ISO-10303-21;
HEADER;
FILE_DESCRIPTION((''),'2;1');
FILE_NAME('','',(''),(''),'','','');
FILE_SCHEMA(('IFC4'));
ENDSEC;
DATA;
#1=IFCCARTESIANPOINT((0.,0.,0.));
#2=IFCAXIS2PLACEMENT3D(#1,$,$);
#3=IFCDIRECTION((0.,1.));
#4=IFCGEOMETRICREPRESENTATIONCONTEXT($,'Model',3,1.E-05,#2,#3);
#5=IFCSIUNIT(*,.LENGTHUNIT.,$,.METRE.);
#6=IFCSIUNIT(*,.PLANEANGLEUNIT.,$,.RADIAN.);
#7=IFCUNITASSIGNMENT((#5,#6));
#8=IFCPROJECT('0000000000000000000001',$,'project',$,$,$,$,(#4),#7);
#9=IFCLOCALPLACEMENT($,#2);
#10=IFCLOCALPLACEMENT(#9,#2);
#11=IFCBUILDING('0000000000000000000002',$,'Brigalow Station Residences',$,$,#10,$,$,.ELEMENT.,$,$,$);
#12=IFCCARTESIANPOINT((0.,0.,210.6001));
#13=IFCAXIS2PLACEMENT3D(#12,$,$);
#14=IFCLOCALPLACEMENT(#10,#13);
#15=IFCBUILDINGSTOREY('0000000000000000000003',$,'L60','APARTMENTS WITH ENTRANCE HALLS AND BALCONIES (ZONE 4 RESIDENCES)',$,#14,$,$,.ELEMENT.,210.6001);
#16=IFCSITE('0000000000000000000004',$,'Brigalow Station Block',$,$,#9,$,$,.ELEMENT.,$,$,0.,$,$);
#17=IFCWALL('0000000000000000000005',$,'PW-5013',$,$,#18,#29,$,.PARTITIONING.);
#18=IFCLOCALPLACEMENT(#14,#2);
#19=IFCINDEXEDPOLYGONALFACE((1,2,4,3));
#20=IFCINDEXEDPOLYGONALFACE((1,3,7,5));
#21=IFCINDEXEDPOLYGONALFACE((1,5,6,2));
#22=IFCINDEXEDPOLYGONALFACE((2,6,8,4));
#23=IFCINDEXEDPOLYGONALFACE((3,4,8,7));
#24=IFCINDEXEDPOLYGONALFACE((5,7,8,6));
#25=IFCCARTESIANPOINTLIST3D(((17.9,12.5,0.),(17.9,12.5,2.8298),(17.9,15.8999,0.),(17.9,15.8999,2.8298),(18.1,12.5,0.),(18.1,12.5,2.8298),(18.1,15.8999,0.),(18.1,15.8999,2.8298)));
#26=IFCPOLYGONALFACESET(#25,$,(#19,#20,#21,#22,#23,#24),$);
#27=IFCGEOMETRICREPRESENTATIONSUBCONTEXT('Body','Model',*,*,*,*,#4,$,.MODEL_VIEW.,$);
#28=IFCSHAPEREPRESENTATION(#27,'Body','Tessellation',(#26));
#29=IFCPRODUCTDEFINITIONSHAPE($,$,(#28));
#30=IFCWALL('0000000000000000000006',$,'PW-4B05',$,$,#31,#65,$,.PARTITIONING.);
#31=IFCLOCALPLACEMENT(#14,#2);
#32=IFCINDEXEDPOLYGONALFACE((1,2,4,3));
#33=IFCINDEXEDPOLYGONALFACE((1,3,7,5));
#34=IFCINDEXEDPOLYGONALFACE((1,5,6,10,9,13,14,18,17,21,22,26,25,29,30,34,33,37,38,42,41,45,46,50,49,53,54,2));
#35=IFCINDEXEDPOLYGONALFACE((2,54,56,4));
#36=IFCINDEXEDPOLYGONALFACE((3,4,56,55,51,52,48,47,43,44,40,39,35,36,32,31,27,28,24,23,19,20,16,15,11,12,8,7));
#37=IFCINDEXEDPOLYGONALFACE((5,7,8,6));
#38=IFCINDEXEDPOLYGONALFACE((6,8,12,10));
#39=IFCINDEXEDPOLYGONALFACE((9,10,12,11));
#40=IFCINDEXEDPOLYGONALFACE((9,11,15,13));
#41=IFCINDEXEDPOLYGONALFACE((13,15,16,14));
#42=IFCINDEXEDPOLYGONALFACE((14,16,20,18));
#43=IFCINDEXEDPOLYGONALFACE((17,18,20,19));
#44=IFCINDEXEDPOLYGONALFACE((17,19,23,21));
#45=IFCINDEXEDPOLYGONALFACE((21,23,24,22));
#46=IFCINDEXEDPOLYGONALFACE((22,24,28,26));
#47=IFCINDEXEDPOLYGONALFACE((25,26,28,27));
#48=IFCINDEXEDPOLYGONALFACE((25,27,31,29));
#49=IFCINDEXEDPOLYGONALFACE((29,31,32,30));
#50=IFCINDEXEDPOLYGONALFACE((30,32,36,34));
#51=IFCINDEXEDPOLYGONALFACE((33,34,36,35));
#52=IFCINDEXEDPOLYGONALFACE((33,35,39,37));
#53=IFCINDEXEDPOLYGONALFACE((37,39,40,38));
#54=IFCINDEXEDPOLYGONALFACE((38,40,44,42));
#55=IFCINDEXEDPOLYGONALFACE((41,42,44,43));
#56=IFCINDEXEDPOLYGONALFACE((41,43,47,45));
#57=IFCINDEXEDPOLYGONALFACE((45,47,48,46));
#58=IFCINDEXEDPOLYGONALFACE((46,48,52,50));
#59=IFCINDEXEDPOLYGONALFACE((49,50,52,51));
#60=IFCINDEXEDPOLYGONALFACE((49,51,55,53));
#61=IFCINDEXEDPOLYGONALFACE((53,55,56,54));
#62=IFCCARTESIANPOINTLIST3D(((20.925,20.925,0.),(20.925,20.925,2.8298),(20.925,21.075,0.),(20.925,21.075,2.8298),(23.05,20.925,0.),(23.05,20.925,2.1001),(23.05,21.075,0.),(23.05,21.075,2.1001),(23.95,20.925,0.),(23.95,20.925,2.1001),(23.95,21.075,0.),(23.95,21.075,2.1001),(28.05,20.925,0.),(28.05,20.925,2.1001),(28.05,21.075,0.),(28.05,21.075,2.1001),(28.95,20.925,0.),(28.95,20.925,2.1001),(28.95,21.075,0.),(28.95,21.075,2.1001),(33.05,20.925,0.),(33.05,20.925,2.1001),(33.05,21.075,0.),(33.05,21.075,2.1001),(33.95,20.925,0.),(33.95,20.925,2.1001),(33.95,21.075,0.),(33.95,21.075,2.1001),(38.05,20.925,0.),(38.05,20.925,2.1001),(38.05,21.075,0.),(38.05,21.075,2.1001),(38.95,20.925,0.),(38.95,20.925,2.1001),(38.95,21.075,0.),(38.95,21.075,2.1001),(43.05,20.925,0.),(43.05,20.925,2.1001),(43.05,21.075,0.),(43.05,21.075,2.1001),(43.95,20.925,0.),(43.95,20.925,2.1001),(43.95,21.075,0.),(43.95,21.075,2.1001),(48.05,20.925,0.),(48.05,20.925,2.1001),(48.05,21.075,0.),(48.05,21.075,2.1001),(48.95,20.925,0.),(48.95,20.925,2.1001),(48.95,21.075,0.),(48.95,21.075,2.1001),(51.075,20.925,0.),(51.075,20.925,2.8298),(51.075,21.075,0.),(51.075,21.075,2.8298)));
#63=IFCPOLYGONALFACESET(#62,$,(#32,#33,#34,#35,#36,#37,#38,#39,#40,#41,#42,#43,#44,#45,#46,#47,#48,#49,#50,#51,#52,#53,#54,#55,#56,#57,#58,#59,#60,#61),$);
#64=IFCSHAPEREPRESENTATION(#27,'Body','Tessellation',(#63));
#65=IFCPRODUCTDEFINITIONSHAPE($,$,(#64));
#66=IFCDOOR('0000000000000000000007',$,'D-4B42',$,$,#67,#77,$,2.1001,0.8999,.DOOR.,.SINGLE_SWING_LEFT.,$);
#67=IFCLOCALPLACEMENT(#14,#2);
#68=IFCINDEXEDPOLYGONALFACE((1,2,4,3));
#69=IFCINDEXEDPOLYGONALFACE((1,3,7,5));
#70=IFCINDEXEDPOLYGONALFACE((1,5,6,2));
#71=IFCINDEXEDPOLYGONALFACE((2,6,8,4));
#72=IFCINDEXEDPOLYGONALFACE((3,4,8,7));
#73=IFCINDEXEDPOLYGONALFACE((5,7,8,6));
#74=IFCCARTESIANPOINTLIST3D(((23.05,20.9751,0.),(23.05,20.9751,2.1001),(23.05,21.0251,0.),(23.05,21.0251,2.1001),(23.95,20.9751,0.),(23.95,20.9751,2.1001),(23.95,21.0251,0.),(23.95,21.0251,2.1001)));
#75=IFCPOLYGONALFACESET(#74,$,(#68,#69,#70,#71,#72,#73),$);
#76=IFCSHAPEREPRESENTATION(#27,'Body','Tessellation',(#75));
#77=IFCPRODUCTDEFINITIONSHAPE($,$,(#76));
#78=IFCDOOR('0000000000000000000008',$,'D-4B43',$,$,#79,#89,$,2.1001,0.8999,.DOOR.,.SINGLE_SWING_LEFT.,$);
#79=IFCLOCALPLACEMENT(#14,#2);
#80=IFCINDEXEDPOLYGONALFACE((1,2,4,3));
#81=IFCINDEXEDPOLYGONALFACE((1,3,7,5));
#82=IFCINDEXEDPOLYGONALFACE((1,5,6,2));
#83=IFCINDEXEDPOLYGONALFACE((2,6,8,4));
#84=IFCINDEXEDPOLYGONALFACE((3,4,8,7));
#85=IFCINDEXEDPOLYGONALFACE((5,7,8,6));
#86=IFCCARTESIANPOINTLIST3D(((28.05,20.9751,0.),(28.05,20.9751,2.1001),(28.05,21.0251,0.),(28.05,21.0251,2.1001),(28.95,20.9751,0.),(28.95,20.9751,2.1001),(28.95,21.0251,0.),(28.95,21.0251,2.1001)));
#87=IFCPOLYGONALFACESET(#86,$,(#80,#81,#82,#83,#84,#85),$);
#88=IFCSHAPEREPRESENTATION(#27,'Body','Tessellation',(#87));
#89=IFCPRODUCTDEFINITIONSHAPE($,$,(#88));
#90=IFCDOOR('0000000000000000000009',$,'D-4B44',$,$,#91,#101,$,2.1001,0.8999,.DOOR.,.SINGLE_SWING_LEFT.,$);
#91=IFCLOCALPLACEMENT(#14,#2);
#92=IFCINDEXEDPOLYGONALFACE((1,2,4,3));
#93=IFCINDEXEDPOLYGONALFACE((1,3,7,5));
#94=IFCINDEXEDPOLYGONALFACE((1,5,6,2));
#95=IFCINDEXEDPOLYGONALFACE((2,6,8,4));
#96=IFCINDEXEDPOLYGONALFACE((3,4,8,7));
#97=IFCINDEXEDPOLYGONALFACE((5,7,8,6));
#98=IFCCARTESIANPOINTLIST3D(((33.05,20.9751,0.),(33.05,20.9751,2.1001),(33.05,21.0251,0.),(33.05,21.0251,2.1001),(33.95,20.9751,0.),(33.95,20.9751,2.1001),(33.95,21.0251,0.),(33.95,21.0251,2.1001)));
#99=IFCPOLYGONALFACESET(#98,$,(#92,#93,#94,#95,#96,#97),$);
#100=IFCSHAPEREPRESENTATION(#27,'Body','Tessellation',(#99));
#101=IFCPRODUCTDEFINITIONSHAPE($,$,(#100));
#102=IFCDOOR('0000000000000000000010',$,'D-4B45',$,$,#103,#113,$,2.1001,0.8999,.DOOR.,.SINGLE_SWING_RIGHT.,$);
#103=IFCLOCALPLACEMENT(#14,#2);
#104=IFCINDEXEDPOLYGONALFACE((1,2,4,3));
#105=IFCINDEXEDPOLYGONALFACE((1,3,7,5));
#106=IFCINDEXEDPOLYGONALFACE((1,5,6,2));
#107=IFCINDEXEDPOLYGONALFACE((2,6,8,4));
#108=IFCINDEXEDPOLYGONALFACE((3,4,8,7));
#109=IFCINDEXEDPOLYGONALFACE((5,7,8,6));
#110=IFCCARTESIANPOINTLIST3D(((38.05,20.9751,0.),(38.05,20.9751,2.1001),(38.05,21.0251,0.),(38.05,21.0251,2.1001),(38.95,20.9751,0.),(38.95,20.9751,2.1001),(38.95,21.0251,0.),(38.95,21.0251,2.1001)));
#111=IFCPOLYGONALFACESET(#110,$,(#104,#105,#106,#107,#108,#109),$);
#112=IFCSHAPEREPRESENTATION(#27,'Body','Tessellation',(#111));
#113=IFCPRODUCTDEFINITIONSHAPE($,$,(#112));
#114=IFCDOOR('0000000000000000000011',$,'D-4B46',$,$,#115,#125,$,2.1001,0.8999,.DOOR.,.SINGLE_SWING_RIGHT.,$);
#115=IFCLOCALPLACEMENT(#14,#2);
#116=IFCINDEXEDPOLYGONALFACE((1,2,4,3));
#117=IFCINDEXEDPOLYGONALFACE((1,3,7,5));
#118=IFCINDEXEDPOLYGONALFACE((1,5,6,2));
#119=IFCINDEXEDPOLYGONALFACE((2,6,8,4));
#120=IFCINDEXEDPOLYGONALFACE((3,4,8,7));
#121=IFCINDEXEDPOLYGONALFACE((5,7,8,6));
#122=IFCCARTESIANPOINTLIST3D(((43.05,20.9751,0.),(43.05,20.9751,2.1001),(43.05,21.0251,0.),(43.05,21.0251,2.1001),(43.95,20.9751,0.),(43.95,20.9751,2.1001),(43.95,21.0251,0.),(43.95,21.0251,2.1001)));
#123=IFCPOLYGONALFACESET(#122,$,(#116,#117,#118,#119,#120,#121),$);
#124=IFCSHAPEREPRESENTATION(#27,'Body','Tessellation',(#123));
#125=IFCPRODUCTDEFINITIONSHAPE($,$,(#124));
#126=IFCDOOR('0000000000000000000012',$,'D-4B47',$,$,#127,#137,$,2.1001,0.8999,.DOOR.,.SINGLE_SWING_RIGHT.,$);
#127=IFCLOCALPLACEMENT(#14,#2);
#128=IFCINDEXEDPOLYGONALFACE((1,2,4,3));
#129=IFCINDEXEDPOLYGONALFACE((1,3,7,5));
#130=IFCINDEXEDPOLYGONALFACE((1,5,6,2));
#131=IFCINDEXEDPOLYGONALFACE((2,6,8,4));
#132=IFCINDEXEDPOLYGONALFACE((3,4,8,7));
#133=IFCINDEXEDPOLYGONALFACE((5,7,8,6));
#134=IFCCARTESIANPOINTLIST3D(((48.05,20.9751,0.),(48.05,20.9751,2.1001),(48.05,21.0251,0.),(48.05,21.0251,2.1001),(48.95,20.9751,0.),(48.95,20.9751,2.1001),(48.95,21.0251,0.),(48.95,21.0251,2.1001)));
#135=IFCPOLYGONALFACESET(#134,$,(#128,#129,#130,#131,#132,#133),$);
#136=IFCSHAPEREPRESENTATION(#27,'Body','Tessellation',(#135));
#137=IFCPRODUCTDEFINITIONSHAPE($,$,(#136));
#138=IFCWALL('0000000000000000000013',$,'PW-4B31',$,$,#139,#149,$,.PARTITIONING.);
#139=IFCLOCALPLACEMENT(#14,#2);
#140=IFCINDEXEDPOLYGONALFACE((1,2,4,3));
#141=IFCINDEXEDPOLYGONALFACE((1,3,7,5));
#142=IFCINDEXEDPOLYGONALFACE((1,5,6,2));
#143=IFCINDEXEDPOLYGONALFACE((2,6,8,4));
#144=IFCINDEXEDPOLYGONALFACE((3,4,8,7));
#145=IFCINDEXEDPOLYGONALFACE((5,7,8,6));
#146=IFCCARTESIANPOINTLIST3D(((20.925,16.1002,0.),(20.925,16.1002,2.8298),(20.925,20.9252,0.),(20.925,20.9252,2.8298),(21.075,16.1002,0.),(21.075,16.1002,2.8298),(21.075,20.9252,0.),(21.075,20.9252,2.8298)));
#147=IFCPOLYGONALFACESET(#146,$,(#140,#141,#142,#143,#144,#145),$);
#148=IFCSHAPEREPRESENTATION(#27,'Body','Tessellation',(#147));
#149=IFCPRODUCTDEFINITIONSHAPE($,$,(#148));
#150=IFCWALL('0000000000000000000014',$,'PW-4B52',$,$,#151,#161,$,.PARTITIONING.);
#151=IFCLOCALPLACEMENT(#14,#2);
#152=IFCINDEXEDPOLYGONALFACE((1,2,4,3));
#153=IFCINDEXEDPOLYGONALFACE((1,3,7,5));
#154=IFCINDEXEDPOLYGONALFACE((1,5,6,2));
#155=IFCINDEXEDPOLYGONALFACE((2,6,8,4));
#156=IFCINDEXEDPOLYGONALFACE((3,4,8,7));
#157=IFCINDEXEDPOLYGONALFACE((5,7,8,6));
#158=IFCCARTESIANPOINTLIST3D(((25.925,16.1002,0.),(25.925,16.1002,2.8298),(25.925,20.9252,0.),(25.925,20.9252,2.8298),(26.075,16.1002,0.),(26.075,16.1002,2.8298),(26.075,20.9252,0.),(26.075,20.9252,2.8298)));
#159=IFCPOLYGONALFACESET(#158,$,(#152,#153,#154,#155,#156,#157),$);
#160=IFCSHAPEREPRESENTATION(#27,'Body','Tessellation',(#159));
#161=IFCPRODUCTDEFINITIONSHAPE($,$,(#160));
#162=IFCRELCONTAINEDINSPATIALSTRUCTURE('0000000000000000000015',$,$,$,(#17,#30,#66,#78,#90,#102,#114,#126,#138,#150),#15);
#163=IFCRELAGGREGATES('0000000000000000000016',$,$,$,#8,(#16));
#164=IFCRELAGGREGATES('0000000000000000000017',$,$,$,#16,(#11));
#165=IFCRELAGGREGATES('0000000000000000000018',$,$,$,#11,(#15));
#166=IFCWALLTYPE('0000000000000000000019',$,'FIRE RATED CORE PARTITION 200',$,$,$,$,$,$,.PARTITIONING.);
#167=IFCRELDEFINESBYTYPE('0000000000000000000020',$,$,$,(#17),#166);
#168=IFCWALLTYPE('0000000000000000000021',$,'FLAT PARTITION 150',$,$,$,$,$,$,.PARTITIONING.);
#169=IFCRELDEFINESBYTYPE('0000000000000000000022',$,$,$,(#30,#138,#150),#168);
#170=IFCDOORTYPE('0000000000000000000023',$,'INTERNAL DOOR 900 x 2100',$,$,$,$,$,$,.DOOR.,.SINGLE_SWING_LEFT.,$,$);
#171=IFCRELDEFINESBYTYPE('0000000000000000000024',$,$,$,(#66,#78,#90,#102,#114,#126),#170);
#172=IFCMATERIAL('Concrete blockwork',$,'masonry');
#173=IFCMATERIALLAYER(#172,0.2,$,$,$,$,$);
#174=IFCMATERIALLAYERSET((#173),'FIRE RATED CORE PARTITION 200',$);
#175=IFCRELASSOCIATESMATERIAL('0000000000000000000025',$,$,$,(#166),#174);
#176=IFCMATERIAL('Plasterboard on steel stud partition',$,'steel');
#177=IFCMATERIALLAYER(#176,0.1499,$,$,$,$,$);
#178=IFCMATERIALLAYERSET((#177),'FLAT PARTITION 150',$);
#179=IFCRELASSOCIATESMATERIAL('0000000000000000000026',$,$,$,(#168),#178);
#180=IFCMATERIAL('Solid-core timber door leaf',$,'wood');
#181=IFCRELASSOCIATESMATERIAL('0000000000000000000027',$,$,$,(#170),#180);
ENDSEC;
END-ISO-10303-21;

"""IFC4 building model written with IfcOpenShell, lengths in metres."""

from ifc_helpers import new_model, si_unit, direction, frame, frame_2d, origin, place, context, subcontext, project, spatial, rectangle, extrude, material, layer, layer_set, type_object, element, fill, save


model = new_model("IFC4")

# Units and contexts
model_context = context("Model", 3, precision=1e-05, world=origin(), true_north=direction((0.0, 1.0)))
body_context = subcontext(model_context, "Body", "Model", "MODEL_VIEW")
ifc_project = project(units=[si_unit("LENGTHUNIT", "METRE"), si_unit("PLANEANGLEUNIT", "RADIAN")], contexts=[model_context])

# Site, building, storey
site_placement = place(None, origin())
site = spatial("IfcSite", under=ifc_project, at=site_placement, Name="Brigalow Station Block", CompositionType="ELEMENT", RefElevation=0.0)
building_placement = place(site_placement, origin())
building = spatial("IfcBuilding", under=site, at=building_placement, Name="Brigalow Station Residences", CompositionType="ELEMENT")
storey_placement = place(building_placement, frame((0.0, 0.0, 210.6001)))
storey = spatial("IfcBuildingStorey", under=building, at=storey_placement, Name="L60", Description="APARTMENTS WITH ENTRANCE HALLS AND BALCONIES (ZONE 4 RESIDENCES)", CompositionType="ELEMENT", Elevation=210.6001)

# Wall
ifc_material_1 = material(Name="Concrete blockwork", Category="masonry")
ifc_layer_1 = layer(ifc_material_1, 0.2)
ifc_layer_set_1 = layer_set([ifc_layer_1], Name="FIRE RATED CORE PARTITION 200")
wall_type_1 = type_object("IfcWallType", Name="FIRE RATED CORE PARTITION 200", PredefinedType="PARTITIONING", material=ifc_layer_set_1)
wall_1_placement = place(storey_placement, frame((18.0, 12.5, 0.0), z_axis=(0.0, 0.0, 1.0), x_axis=(0.0, 1.0, 0.0)))
element("IfcWall", 1, at=wall_1_placement, inside=storey, type_object=wall_type_1, Name="PW-5013", PredefinedType="PARTITIONING", context=body_context, shape_type="SweptSolid", body=[
    extrude(rectangle(XDim=3.3999, YDim=0.2, at=frame_2d((1.7, 0.0))), origin(), (0.0, 0.0, 1.0), 2.8298),
])

# Wall, openings, doors
ifc_material_2 = material(Name="Plasterboard on steel stud partition", Category="steel")
ifc_layer_2 = layer(ifc_material_2, 0.1499)
ifc_layer_set_2 = layer_set([ifc_layer_2], Name="FLAT PARTITION 150")
wall_type_2 = type_object("IfcWallType", Name="FLAT PARTITION 150", PredefinedType="PARTITIONING", material=ifc_layer_set_2)
wall_2_placement = place(storey_placement, frame((20.925, 21.0, 0.0), z_axis=(0.0, 0.0, 1.0), x_axis=(1.0, 0.0, 0.0)))
wall_2 = element("IfcWall", 2, at=wall_2_placement, inside=storey, type_object=wall_type_2, Name="PW-4B05", PredefinedType="PARTITIONING", context=body_context, shape_type="SweptSolid", body=[
    extrude(rectangle(XDim=30.1499, YDim=0.1499, at=frame_2d((15.075, 0.0))), origin(), (0.0, 0.0, 1.0), 2.8298),
])
opening_1_placement = place(wall_2_placement, frame((2.125, 0.0, 0.0)))
opening_1 = element("IfcOpeningElement", 3, at=opening_1_placement, cuts=wall_2, PredefinedType="OPENING", context=body_context, shape_type="SweptSolid", body=[
    extrude(rectangle(XDim=0.8999, YDim=2.1001, at=frame_2d((0.45, 1.05))), frame((0.0, 0.085, 0.0), z_axis=(0.0, -1.0, 0.0), x_axis=(1.0, 0.0, 0.0)), (0.0, 0.0, 1.0), 0.1699),
])
opening_2_placement = place(wall_2_placement, frame((7.125, 0.0, 0.0)))
opening_2 = element("IfcOpeningElement", 4, at=opening_2_placement, cuts=wall_2, PredefinedType="OPENING", context=body_context, shape_type="SweptSolid", body=[
    extrude(rectangle(XDim=0.8999, YDim=2.1001, at=frame_2d((0.45, 1.05))), frame((0.0, 0.085, 0.0), z_axis=(0.0, -1.0, 0.0), x_axis=(1.0, 0.0, 0.0)), (0.0, 0.0, 1.0), 0.1699),
])
opening_3_placement = place(wall_2_placement, frame((12.125, 0.0, 0.0)))
opening_3 = element("IfcOpeningElement", 5, at=opening_3_placement, cuts=wall_2, PredefinedType="OPENING", context=body_context, shape_type="SweptSolid", body=[
    extrude(rectangle(XDim=0.8999, YDim=2.1001, at=frame_2d((0.45, 1.05))), frame((0.0, 0.085, 0.0), z_axis=(0.0, -1.0, 0.0), x_axis=(1.0, 0.0, 0.0)), (0.0, 0.0, 1.0), 0.1699),
])
opening_4_placement = place(wall_2_placement, frame((17.125, 0.0, 0.0)))
opening_4 = element("IfcOpeningElement", 6, at=opening_4_placement, cuts=wall_2, PredefinedType="OPENING", context=body_context, shape_type="SweptSolid", body=[
    extrude(rectangle(XDim=0.8999, YDim=2.1001, at=frame_2d((0.45, 1.05))), frame((0.0, 0.085, 0.0), z_axis=(0.0, -1.0, 0.0), x_axis=(1.0, 0.0, 0.0)), (0.0, 0.0, 1.0), 0.1699),
])
opening_5_placement = place(wall_2_placement, frame((22.125, 0.0, 0.0)))
opening_5 = element("IfcOpeningElement", 7, at=opening_5_placement, cuts=wall_2, PredefinedType="OPENING", context=body_context, shape_type="SweptSolid", body=[
    extrude(rectangle(XDim=0.8999, YDim=2.1001, at=frame_2d((0.45, 1.05))), frame((0.0, 0.085, 0.0), z_axis=(0.0, -1.0, 0.0), x_axis=(1.0, 0.0, 0.0)), (0.0, 0.0, 1.0), 0.1699),
])
opening_6_placement = place(wall_2_placement, frame((27.125, 0.0, 0.0)))
opening_6 = element("IfcOpeningElement", 8, at=opening_6_placement, cuts=wall_2, PredefinedType="OPENING", context=body_context, shape_type="SweptSolid", body=[
    extrude(rectangle(XDim=0.8999, YDim=2.1001, at=frame_2d((0.45, 1.05))), frame((0.0, 0.085, 0.0), z_axis=(0.0, -1.0, 0.0), x_axis=(1.0, 0.0, 0.0)), (0.0, 0.0, 1.0), 0.1699),
])
ifc_material_3 = material(Name="Solid-core timber door leaf", Category="wood")
door_type_1 = type_object("IfcDoorType", Name="INTERNAL DOOR 900 x 2100", OperationType="SINGLE_SWING_LEFT", PredefinedType="DOOR", material=ifc_material_3)
door_1_placement = place(opening_1_placement, frame((0.8999, 0.0, 0.0), z_axis=(0.0, 0.0, 1.0), x_axis=(-1.0, 0.0, 0.0)))
door_1 = element("IfcDoor", 9, at=door_1_placement, inside=storey, type_object=door_type_1, Name="D-4B42", OperationType="SINGLE_SWING_LEFT", OverallHeight=2.1001, OverallWidth=0.8999, PredefinedType="DOOR", context=body_context, shape_type="SweptSolid", body=[
    extrude(rectangle(XDim=0.8999, YDim=2.1001, at=frame_2d((0.45, 1.05))), frame((0.0, 0.0249, 0.0), z_axis=(0.0, -1.0, 0.0), x_axis=(1.0, 0.0, 0.0)), (0.0, 0.0, 1.0), 0.05),
])
fill(opening_1, door_1)
door_2_placement = place(opening_2_placement, frame((0.8999, 0.0, 0.0), z_axis=(0.0, 0.0, 1.0), x_axis=(-1.0, 0.0, 0.0)))
door_2 = element("IfcDoor", 10, at=door_2_placement, inside=storey, type_object=door_type_1, Name="D-4B43", OperationType="SINGLE_SWING_LEFT", OverallHeight=2.1001, OverallWidth=0.8999, PredefinedType="DOOR", context=body_context, shape_type="SweptSolid", body=[
    extrude(rectangle(XDim=0.8999, YDim=2.1001, at=frame_2d((0.45, 1.05))), frame((0.0, 0.0249, 0.0), z_axis=(0.0, -1.0, 0.0), x_axis=(1.0, 0.0, 0.0)), (0.0, 0.0, 1.0), 0.05),
])
fill(opening_2, door_2)
door_3_placement = place(opening_3_placement, frame((0.8999, 0.0, 0.0), z_axis=(0.0, 0.0, 1.0), x_axis=(-1.0, 0.0, 0.0)))
door_3 = element("IfcDoor", 11, at=door_3_placement, inside=storey, type_object=door_type_1, Name="D-4B44", OperationType="SINGLE_SWING_LEFT", OverallHeight=2.1001, OverallWidth=0.8999, PredefinedType="DOOR", context=body_context, shape_type="SweptSolid", body=[
    extrude(rectangle(XDim=0.8999, YDim=2.1001, at=frame_2d((0.45, 1.05))), frame((0.0, 0.0249, 0.0), z_axis=(0.0, -1.0, 0.0), x_axis=(1.0, 0.0, 0.0)), (0.0, 0.0, 1.0), 0.05),
])
fill(opening_3, door_3)
door_4_placement = place(opening_4_placement, frame((0.8999, 0.0, 0.0), z_axis=(0.0, 0.0, 1.0), x_axis=(-1.0, 0.0, 0.0)))
door_4 = element("IfcDoor", 12, at=door_4_placement, inside=storey, type_object=door_type_1, Name="D-4B45", OperationType="SINGLE_SWING_RIGHT", OverallHeight=2.1001, OverallWidth=0.8999, PredefinedType="DOOR", context=body_context, shape_type="SweptSolid", body=[
    extrude(rectangle(XDim=0.8999, YDim=2.1001, at=frame_2d((0.45, 1.05))), frame((0.0, 0.0249, 0.0), z_axis=(0.0, -1.0, 0.0), x_axis=(1.0, 0.0, 0.0)), (0.0, 0.0, 1.0), 0.05),
])
fill(opening_4, door_4)
door_5_placement = place(opening_5_placement, frame((0.8999, 0.0, 0.0), z_axis=(0.0, 0.0, 1.0), x_axis=(-1.0, 0.0, 0.0)))
door_5 = element("IfcDoor", 13, at=door_5_placement, inside=storey, type_object=door_type_1, Name="D-4B46", OperationType="SINGLE_SWING_RIGHT", OverallHeight=2.1001, OverallWidth=0.8999, PredefinedType="DOOR", context=body_context, shape_type="SweptSolid", body=[
    extrude(rectangle(XDim=0.8999, YDim=2.1001, at=frame_2d((0.45, 1.05))), frame((0.0, 0.0249, 0.0), z_axis=(0.0, -1.0, 0.0), x_axis=(1.0, 0.0, 0.0)), (0.0, 0.0, 1.0), 0.05),
])
fill(opening_5, door_5)
door_6_placement = place(opening_6_placement, frame((0.8999, 0.0, 0.0), z_axis=(0.0, 0.0, 1.0), x_axis=(-1.0, 0.0, 0.0)))
door_6 = element("IfcDoor", 14, at=door_6_placement, inside=storey, type_object=door_type_1, Name="D-4B47", OperationType="SINGLE_SWING_RIGHT", OverallHeight=2.1001, OverallWidth=0.8999, PredefinedType="DOOR", context=body_context, shape_type="SweptSolid", body=[
    extrude(rectangle(XDim=0.8999, YDim=2.1001, at=frame_2d((0.45, 1.05))), frame((0.0, 0.0249, 0.0), z_axis=(0.0, -1.0, 0.0), x_axis=(1.0, 0.0, 0.0)), (0.0, 0.0, 1.0), 0.05),
])
fill(opening_6, door_6)

# Walls
for number, where, z_axis, x_axis, name in (
    (15, (21.0, 16.1001, 0.0), (0.0, 0.0, 1.0), (0.0, 1.0, 0.0), "PW-4B31"),
    (16, (26.0, 16.1001, 0.0), (0.0, 0.0, 1.0), (0.0, 1.0, 0.0), "PW-4B52"),
):
    element("IfcWall", number, at=place(storey_placement, frame(where, z_axis=z_axis, x_axis=x_axis)), inside=storey, type_object=wall_type_2, Name=name, PredefinedType="PARTITIONING", context=body_context, shape_type="SweptSolid", body=[
        extrude(rectangle(XDim=4.825, YDim=0.1499, at=frame_2d((2.4126, 0.0))), origin(), (0.0, 0.0, 1.0), 2.8298),
    ])

save(model, "model.ifc")
